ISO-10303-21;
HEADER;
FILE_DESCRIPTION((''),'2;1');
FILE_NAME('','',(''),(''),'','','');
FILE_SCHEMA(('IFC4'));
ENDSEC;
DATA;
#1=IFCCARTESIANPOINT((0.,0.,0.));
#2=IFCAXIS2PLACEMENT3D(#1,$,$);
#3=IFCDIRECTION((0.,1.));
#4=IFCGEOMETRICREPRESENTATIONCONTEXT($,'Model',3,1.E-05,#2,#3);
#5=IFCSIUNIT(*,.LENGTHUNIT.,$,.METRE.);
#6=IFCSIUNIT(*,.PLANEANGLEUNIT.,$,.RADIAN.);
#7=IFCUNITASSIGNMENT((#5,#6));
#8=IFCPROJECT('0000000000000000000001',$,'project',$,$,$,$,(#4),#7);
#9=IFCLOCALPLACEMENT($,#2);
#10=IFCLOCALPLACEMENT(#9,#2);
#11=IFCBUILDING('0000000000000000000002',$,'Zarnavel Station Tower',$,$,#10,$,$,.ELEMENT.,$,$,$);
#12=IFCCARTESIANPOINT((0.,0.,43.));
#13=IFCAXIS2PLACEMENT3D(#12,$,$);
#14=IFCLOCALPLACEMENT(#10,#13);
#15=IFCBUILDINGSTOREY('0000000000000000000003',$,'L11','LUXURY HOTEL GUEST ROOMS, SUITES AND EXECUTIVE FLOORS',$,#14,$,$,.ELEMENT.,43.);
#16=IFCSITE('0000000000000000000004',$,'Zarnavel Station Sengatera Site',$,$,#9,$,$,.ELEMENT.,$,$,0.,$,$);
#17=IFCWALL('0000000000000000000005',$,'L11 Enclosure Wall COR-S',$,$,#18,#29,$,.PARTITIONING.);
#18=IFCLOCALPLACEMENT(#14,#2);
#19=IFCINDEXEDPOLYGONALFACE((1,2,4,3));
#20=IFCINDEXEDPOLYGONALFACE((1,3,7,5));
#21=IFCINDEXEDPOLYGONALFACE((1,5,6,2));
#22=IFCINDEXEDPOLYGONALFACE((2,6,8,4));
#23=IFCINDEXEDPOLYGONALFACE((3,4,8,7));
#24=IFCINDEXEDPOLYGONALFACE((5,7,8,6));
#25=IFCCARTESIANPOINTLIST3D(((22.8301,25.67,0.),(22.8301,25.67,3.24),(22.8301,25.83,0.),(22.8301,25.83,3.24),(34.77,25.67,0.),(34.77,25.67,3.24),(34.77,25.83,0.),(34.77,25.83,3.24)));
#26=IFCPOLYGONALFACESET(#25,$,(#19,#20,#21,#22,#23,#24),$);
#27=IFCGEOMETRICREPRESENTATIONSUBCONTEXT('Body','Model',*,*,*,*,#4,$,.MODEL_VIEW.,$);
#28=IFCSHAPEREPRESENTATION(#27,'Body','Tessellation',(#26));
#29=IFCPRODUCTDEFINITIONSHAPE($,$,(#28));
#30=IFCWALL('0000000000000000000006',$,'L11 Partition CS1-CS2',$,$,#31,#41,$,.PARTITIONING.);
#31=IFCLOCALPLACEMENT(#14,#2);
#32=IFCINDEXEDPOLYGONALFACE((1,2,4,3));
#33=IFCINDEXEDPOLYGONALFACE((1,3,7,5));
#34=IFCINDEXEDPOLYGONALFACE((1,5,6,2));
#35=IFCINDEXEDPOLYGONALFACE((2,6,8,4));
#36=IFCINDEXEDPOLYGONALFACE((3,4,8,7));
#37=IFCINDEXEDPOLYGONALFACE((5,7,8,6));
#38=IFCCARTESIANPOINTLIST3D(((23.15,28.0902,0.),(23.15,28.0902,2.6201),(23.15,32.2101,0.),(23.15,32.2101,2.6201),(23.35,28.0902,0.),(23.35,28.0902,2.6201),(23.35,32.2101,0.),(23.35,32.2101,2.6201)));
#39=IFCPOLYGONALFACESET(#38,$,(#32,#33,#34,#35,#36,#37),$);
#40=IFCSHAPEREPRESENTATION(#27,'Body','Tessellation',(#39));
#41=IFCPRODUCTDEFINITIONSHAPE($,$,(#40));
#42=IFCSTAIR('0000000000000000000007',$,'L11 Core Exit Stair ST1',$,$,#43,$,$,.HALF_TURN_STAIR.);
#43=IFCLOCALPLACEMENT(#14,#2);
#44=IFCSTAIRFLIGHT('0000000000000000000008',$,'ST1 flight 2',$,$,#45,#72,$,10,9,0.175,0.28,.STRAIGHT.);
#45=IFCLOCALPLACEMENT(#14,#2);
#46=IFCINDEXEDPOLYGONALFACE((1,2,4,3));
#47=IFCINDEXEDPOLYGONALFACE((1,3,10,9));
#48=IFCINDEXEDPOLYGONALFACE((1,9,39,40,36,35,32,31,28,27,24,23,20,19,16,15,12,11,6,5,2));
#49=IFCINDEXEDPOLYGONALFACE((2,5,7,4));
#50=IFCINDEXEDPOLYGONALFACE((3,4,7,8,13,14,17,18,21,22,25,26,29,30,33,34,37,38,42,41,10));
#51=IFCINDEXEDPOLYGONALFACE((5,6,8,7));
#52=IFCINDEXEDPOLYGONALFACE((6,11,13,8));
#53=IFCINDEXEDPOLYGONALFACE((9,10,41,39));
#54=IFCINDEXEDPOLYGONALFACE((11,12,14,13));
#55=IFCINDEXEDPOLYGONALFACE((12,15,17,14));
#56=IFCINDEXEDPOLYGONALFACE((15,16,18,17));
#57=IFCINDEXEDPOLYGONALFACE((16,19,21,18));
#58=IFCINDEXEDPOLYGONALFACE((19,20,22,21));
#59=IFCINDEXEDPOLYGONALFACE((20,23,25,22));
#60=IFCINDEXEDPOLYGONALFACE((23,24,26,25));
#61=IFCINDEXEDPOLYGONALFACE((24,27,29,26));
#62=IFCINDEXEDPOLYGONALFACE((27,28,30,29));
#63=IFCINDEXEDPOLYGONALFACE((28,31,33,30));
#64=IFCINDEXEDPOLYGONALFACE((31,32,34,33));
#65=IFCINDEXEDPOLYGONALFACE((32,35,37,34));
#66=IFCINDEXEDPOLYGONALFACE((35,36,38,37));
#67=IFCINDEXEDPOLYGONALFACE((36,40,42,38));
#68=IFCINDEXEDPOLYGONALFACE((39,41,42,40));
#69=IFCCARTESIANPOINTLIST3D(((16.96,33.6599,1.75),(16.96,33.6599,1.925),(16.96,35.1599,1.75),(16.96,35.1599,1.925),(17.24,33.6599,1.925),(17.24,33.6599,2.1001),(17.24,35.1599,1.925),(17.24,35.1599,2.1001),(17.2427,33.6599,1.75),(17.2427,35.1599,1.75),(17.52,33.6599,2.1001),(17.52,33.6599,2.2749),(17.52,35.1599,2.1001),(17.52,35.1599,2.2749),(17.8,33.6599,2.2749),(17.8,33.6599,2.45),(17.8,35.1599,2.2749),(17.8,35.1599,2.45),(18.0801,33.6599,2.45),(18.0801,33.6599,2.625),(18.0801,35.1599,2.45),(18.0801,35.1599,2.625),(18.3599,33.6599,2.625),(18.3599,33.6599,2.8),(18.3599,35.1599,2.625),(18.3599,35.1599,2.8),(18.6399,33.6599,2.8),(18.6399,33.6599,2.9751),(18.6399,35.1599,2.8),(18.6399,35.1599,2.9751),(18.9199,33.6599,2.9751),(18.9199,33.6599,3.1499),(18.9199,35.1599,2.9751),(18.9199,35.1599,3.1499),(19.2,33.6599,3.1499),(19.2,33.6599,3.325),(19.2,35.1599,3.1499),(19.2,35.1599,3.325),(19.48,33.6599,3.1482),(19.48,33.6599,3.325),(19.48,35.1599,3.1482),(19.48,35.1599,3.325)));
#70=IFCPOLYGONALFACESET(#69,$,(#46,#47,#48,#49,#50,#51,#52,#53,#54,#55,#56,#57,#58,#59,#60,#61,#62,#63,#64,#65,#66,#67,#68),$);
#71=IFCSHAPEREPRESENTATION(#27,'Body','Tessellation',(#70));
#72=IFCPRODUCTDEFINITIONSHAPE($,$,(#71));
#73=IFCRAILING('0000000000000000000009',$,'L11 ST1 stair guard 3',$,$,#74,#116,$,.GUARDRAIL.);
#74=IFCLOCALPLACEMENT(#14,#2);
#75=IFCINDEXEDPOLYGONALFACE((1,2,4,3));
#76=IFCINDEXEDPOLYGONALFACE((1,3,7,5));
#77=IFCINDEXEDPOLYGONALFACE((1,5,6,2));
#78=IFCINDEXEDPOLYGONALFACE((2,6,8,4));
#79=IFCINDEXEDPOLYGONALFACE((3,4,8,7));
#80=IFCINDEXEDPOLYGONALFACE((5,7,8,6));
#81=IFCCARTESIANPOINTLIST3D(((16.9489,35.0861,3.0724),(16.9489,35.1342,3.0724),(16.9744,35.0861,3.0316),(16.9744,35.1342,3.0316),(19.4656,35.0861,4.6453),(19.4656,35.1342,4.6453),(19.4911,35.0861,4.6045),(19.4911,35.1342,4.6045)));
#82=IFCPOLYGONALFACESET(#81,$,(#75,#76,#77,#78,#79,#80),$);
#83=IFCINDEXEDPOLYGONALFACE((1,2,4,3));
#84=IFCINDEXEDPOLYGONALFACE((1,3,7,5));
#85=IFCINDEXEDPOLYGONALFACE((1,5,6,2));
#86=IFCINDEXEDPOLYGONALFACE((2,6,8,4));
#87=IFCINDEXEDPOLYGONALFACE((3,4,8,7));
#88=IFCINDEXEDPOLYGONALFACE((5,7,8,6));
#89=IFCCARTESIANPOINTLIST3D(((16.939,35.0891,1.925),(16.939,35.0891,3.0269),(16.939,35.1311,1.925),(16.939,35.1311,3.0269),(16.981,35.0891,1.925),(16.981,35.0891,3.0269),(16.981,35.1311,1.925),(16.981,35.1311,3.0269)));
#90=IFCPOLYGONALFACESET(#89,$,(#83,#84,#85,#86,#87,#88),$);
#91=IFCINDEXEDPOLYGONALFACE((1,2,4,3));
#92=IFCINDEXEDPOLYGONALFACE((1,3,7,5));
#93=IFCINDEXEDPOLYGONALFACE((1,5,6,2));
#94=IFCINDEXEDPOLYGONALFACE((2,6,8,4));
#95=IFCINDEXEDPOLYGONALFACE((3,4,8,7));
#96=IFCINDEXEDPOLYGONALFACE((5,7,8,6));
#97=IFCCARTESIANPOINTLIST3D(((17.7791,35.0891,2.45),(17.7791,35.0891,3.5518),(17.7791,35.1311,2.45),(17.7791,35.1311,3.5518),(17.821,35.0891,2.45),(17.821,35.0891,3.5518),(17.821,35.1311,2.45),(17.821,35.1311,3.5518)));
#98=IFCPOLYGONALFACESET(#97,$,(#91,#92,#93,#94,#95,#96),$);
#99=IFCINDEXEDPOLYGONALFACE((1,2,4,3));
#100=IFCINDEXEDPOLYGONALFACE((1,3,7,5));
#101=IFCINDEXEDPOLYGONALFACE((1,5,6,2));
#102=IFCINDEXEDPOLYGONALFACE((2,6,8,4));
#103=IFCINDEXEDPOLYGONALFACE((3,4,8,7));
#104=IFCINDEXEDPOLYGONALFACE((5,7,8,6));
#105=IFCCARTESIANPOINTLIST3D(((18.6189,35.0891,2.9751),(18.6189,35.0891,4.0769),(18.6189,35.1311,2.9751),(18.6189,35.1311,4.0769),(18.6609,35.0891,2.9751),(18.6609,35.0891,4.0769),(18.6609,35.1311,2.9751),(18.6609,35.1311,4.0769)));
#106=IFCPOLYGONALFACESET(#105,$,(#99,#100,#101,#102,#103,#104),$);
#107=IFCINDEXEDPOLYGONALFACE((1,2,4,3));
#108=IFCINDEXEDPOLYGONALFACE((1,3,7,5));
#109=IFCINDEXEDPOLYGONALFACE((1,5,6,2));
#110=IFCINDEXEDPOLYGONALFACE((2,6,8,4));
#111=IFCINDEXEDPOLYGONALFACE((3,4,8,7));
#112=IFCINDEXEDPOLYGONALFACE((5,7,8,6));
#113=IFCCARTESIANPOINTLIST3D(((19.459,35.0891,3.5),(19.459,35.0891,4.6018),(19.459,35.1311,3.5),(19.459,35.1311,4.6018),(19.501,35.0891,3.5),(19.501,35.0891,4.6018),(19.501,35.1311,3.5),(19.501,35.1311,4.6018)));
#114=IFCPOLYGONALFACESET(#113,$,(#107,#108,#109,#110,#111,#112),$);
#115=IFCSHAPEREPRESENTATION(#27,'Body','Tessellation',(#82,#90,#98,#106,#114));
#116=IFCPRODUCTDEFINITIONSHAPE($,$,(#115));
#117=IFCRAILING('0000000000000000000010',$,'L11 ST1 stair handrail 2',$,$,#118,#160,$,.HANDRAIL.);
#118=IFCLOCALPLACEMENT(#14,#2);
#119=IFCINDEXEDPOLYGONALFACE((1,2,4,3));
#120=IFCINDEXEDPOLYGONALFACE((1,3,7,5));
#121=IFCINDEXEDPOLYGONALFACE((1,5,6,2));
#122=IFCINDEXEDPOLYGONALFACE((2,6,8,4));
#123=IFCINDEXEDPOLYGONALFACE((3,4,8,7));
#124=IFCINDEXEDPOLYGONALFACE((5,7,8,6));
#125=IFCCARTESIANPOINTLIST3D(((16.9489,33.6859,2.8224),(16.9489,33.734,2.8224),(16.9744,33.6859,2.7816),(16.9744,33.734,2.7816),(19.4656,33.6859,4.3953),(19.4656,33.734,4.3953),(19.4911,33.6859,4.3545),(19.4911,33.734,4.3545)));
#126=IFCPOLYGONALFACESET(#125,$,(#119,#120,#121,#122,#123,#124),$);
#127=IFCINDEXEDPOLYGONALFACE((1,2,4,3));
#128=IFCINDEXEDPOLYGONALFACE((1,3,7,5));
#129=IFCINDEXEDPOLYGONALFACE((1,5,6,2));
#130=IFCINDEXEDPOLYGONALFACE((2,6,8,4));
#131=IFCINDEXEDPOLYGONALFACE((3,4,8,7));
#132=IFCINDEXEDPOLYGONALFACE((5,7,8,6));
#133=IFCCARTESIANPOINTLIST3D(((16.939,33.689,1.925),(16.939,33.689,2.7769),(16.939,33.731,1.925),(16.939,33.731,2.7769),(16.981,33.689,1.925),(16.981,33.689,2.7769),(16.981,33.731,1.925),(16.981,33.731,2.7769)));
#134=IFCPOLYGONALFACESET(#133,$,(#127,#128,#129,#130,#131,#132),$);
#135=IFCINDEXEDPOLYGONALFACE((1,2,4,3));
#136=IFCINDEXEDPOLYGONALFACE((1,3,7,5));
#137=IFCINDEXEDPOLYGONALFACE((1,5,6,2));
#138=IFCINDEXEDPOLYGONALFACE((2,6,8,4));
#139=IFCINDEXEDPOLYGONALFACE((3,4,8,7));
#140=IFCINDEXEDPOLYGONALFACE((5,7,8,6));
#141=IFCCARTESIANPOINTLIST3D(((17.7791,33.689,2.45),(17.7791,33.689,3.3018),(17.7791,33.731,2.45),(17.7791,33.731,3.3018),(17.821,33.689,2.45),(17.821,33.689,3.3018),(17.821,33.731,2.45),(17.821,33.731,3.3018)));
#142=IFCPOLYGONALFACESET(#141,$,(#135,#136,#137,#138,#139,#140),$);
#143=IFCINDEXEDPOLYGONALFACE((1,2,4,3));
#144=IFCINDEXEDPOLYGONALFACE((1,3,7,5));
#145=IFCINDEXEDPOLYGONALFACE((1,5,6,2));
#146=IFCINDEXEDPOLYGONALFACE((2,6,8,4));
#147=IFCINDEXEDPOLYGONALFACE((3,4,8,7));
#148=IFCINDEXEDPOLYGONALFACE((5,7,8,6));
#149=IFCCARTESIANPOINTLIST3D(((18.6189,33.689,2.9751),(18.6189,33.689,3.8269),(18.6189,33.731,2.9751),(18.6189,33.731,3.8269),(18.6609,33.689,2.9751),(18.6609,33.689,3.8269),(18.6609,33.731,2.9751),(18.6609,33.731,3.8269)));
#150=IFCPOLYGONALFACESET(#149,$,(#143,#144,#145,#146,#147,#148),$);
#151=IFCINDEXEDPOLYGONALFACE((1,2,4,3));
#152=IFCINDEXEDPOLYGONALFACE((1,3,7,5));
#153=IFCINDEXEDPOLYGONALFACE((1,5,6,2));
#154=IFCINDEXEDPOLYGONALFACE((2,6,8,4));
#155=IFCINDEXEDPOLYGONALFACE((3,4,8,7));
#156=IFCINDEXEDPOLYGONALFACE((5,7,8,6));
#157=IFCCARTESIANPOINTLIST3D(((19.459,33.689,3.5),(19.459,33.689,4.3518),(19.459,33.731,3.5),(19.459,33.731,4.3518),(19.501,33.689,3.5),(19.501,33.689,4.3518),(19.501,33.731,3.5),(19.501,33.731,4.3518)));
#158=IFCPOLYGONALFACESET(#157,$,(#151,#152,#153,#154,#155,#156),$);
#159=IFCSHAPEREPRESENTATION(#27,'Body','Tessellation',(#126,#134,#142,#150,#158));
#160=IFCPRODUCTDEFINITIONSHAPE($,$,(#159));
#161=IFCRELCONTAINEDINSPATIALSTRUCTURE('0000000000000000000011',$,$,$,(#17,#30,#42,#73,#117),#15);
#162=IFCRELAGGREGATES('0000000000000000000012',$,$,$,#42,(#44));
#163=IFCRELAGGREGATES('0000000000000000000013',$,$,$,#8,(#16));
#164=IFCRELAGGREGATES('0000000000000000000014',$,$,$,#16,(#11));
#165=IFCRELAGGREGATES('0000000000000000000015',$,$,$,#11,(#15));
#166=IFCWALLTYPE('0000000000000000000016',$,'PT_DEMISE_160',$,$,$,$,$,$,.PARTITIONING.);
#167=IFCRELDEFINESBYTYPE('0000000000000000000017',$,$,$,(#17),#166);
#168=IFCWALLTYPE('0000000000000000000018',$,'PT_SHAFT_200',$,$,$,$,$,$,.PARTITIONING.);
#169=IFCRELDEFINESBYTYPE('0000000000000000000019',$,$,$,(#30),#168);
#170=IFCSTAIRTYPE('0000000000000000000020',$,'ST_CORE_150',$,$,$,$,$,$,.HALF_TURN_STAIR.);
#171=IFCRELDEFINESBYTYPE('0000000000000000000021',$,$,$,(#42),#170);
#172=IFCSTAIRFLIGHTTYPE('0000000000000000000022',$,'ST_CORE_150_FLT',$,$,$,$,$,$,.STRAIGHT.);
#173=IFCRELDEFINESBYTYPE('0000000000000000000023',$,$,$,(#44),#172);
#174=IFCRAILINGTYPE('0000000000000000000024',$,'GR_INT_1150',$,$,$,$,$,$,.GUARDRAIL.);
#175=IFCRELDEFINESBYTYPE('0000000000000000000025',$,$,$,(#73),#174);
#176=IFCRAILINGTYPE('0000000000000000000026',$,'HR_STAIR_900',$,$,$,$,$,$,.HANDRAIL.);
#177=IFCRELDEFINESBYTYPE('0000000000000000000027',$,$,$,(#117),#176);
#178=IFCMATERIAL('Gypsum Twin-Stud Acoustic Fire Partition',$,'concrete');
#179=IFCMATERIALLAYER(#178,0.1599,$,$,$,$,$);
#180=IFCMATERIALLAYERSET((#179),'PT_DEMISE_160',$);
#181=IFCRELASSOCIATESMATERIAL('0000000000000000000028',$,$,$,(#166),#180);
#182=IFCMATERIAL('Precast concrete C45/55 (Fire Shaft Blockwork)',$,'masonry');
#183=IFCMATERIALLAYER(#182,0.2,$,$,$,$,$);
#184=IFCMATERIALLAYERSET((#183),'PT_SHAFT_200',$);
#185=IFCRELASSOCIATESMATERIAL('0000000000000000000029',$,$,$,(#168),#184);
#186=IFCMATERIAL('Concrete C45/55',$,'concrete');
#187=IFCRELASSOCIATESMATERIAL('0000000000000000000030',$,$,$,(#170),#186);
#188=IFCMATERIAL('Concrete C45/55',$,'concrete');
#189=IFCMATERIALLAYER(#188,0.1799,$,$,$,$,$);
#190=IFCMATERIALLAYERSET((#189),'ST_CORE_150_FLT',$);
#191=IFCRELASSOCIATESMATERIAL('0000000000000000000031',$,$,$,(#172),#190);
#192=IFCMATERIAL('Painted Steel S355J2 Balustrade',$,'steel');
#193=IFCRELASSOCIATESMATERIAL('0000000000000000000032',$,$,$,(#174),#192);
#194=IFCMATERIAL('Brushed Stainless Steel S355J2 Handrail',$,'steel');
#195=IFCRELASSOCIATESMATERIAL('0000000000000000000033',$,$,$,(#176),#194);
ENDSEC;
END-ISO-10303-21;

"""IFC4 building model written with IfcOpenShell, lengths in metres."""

from ifc_helpers import new_model, si_unit, direction, frame, frame_2d, origin, origin_2d, place, context, subcontext, project, spatial, polyline, rectangle, outline, extrude, material, layer, layer_set, type_object, element, aggregate, save


model = new_model("IFC4")

# Units and contexts
model_context = context("Model", 3, precision=1e-05, world=origin(), true_north=direction((0.0, 1.0)))
body_context = subcontext(model_context, "Body", "Model", "MODEL_VIEW")
ifc_project = project(units=[si_unit("LENGTHUNIT", "METRE"), si_unit("PLANEANGLEUNIT", "RADIAN")], contexts=[model_context])

# Site, building, storey
site_placement = place(None, origin())
site = spatial("IfcSite", under=ifc_project, at=site_placement, Name="Zarnavel Station Sengatera Site", CompositionType="ELEMENT", RefElevation=0.0)
building_placement = place(site_placement, origin())
building = spatial("IfcBuilding", under=site, at=building_placement, Name="Zarnavel Station Tower", CompositionType="ELEMENT")
storey_placement = place(building_placement, frame((0.0, 0.0, 43.0)))
storey = spatial("IfcBuildingStorey", under=building, at=storey_placement, Name="L11", Description="LUXURY HOTEL GUEST ROOMS, SUITES AND EXECUTIVE FLOORS", CompositionType="ELEMENT", Elevation=43.0)

# Wall
ifc_material_1 = material(Name="Gypsum Twin-Stud Acoustic Fire Partition", Category="concrete")
ifc_layer_1 = layer(ifc_material_1, 0.1599)
ifc_layer_set_1 = layer_set([ifc_layer_1], Name="PT_DEMISE_160")
wall_type_1 = type_object("IfcWallType", Name="PT_DEMISE_160", PredefinedType="PARTITIONING", material=ifc_layer_set_1)
wall_1_placement = place(storey_placement, frame((22.8301, 25.75, 0.0), z_axis=(0.0, 0.0, 1.0), x_axis=(1.0, 0.0, 0.0)))
element("IfcWall", 1, at=wall_1_placement, inside=storey, type_object=wall_type_1, Name="L11 Enclosure Wall COR-S", PredefinedType="PARTITIONING", context=body_context, shape_type="SweptSolid", body=[
    extrude(rectangle(XDim=11.9399, YDim=0.1599, at=frame_2d((5.97, 0.0))), origin(), (0.0, 0.0, 1.0), 3.24),
])

# Shared definitions
ifc_material_2 = material(Name="Precast concrete C45/55 (Fire Shaft Blockwork)", Category="masonry")
ifc_layer_2 = layer(ifc_material_2, 0.2)
ifc_layer_set_2 = layer_set([ifc_layer_2], Name="PT_SHAFT_200")
wall_type_2 = type_object("IfcWallType", Name="PT_SHAFT_200", PredefinedType="PARTITIONING", material=ifc_layer_set_2)

# Wall
wall_2_placement = place(storey_placement, frame((23.25, 28.0901, 0.0), z_axis=(0.0, 0.0, 1.0), x_axis=(0.0, 1.0, 0.0)))
element("IfcWall", 2, at=wall_2_placement, inside=storey, type_object=wall_type_2, Name="L11 Partition CS1-CS2", PredefinedType="PARTITIONING", context=body_context, shape_type="SweptSolid", body=[
    extrude(rectangle(XDim=4.1199, YDim=0.2, at=frame_2d((2.0601, 0.0))), origin(), (0.0, 0.0, 1.0), 2.6201),
])

# Stair, stair flight
ifc_material_3 = material(Name="Concrete C45/55", Category="concrete")
stair_type = type_object("IfcStairType", Name="ST_CORE_150", PredefinedType="HALF_TURN_STAIR", material=ifc_material_3)
stair_placement = place(storey_placement, origin())
stair = element("IfcStair", 3, at=stair_placement, inside=storey, type_object=stair_type, Name="L11 Core Exit Stair ST1", PredefinedType="HALF_TURN_STAIR")
ifc_material_4 = material(Name="Concrete C45/55", Category="concrete")
ifc_layer_3 = layer(ifc_material_4, 0.1799)
ifc_layer_set_3 = layer_set([ifc_layer_3], Name="ST_CORE_150_FLT")
stair_flight_type = type_object("IfcStairFlightType", Name="ST_CORE_150_FLT", PredefinedType="STRAIGHT", material=ifc_layer_set_3)
stair_flight_placement = place(storey_placement, frame((16.96, 34.4099, 1.75), z_axis=(0.0, 0.0, 1.0), x_axis=(1.0, 0.0, 0.0)))
stair_flight = element("IfcStairFlight", 4, at=stair_flight_placement, type_object=stair_flight_type, Name="ST1 flight 2", NumberOfRisers=10, NumberOfTreads=9, PredefinedType="STRAIGHT", RiserHeight=0.175, TreadLength=0.28, context=body_context, shape_type="SweptSolid", body=[
    extrude(outline(polyline([(0.0, 0.0), (0.0, 0.175), (0.28, 0.175), (0.28, 0.3501), (0.5601, 0.3501), (0.5601, 0.5249), (0.8401, 0.5249), (0.8401, 0.7), (1.1201, 0.7), (1.1201, 0.875), (1.3999, 0.875), (1.3999, 1.05), (1.6799, 1.05), (1.6799, 1.2251), (1.96, 1.2251), (1.96, 1.3999), (2.24, 1.3999), (2.24, 1.575), (2.52, 1.575), (2.52, 1.75), (2.52, 1.3982), (0.2827, 0.0), (0.0, 0.0)])), frame((0.0, 0.75, 0.0), z_axis=(0.0, -1.0, 0.0), x_axis=(1.0, 0.0, 0.0)), (0.0, 0.0, 1.0), 1.5),
])
aggregate(stair, [stair_flight])

# Railings
ifc_material_5 = material(Name="Painted Steel S355J2 Balustrade", Category="steel")
railing_type_1 = type_object("IfcRailingType", Name="GR_INT_1150", PredefinedType="GUARDRAIL", material=ifc_material_5)
railing_1_placement = place(storey_placement, frame((16.96, 35.1101, 1.925)))
element("IfcRailing", 5, at=railing_1_placement, inside=storey, type_object=railing_type_1, Name="L11 ST1 stair guard 3", PredefinedType="GUARDRAIL", context=body_context, shape_type="SweptSolid", body=[
    extrude(rectangle(XDim=0.0481, YDim=0.0481, at=origin_2d()), frame((0.0017, 0.0, 1.127), z_axis=(0.848008, 0.0, 0.529984), x_axis=(0.0, 1.0, 0.0)), (0.0, 0.0, 1.0), 2.9678),
    extrude(rectangle(XDim=0.042, YDim=0.042, at=origin_2d()), origin(), (0.0, 0.0, 1.0), 1.1018),
    extrude(rectangle(XDim=0.042, YDim=0.042, at=origin_2d()), frame((0.8401, 0.0, 0.5249)), (0.0, 0.0, 1.0), 1.1018),
    extrude(rectangle(XDim=0.042, YDim=0.042, at=origin_2d()), frame((1.6799, 0.0, 1.05)), (0.0, 0.0, 1.0), 1.1018),
    extrude(rectangle(XDim=0.042, YDim=0.042, at=origin_2d()), frame((2.52, 0.0, 1.575)), (0.0, 0.0, 1.0), 1.1018),
])
ifc_material_6 = material(Name="Brushed Stainless Steel S355J2 Handrail", Category="steel")
railing_type_2 = type_object("IfcRailingType", Name="HR_STAIR_900", PredefinedType="HANDRAIL", material=ifc_material_6)
railing_2_placement = place(storey_placement, frame((16.96, 33.71, 1.925)))
element("IfcRailing", 6, at=railing_2_placement, inside=storey, type_object=railing_type_2, Name="L11 ST1 stair handrail 2", PredefinedType="HANDRAIL", context=body_context, shape_type="SweptSolid", body=[
    extrude(rectangle(XDim=0.0481, YDim=0.0481, at=origin_2d()), frame((0.0017, 0.0, 0.877), z_axis=(0.848008, 0.0, 0.529984), x_axis=(0.0, 1.0, 0.0)), (0.0, 0.0, 1.0), 2.9678),
    extrude(rectangle(XDim=0.042, YDim=0.042, at=origin_2d()), origin(), (0.0, 0.0, 1.0), 0.8518),
    extrude(rectangle(XDim=0.042, YDim=0.042, at=origin_2d()), frame((0.8401, 0.0, 0.5249)), (0.0, 0.0, 1.0), 0.8518),
    extrude(rectangle(XDim=0.042, YDim=0.042, at=origin_2d()), frame((1.6799, 0.0, 1.05)), (0.0, 0.0, 1.0), 0.8518),
    extrude(rectangle(XDim=0.042, YDim=0.042, at=origin_2d()), frame((2.52, 0.0, 1.575)), (0.0, 0.0, 1.0), 0.8518),
])

save(model, "model.ifc")
